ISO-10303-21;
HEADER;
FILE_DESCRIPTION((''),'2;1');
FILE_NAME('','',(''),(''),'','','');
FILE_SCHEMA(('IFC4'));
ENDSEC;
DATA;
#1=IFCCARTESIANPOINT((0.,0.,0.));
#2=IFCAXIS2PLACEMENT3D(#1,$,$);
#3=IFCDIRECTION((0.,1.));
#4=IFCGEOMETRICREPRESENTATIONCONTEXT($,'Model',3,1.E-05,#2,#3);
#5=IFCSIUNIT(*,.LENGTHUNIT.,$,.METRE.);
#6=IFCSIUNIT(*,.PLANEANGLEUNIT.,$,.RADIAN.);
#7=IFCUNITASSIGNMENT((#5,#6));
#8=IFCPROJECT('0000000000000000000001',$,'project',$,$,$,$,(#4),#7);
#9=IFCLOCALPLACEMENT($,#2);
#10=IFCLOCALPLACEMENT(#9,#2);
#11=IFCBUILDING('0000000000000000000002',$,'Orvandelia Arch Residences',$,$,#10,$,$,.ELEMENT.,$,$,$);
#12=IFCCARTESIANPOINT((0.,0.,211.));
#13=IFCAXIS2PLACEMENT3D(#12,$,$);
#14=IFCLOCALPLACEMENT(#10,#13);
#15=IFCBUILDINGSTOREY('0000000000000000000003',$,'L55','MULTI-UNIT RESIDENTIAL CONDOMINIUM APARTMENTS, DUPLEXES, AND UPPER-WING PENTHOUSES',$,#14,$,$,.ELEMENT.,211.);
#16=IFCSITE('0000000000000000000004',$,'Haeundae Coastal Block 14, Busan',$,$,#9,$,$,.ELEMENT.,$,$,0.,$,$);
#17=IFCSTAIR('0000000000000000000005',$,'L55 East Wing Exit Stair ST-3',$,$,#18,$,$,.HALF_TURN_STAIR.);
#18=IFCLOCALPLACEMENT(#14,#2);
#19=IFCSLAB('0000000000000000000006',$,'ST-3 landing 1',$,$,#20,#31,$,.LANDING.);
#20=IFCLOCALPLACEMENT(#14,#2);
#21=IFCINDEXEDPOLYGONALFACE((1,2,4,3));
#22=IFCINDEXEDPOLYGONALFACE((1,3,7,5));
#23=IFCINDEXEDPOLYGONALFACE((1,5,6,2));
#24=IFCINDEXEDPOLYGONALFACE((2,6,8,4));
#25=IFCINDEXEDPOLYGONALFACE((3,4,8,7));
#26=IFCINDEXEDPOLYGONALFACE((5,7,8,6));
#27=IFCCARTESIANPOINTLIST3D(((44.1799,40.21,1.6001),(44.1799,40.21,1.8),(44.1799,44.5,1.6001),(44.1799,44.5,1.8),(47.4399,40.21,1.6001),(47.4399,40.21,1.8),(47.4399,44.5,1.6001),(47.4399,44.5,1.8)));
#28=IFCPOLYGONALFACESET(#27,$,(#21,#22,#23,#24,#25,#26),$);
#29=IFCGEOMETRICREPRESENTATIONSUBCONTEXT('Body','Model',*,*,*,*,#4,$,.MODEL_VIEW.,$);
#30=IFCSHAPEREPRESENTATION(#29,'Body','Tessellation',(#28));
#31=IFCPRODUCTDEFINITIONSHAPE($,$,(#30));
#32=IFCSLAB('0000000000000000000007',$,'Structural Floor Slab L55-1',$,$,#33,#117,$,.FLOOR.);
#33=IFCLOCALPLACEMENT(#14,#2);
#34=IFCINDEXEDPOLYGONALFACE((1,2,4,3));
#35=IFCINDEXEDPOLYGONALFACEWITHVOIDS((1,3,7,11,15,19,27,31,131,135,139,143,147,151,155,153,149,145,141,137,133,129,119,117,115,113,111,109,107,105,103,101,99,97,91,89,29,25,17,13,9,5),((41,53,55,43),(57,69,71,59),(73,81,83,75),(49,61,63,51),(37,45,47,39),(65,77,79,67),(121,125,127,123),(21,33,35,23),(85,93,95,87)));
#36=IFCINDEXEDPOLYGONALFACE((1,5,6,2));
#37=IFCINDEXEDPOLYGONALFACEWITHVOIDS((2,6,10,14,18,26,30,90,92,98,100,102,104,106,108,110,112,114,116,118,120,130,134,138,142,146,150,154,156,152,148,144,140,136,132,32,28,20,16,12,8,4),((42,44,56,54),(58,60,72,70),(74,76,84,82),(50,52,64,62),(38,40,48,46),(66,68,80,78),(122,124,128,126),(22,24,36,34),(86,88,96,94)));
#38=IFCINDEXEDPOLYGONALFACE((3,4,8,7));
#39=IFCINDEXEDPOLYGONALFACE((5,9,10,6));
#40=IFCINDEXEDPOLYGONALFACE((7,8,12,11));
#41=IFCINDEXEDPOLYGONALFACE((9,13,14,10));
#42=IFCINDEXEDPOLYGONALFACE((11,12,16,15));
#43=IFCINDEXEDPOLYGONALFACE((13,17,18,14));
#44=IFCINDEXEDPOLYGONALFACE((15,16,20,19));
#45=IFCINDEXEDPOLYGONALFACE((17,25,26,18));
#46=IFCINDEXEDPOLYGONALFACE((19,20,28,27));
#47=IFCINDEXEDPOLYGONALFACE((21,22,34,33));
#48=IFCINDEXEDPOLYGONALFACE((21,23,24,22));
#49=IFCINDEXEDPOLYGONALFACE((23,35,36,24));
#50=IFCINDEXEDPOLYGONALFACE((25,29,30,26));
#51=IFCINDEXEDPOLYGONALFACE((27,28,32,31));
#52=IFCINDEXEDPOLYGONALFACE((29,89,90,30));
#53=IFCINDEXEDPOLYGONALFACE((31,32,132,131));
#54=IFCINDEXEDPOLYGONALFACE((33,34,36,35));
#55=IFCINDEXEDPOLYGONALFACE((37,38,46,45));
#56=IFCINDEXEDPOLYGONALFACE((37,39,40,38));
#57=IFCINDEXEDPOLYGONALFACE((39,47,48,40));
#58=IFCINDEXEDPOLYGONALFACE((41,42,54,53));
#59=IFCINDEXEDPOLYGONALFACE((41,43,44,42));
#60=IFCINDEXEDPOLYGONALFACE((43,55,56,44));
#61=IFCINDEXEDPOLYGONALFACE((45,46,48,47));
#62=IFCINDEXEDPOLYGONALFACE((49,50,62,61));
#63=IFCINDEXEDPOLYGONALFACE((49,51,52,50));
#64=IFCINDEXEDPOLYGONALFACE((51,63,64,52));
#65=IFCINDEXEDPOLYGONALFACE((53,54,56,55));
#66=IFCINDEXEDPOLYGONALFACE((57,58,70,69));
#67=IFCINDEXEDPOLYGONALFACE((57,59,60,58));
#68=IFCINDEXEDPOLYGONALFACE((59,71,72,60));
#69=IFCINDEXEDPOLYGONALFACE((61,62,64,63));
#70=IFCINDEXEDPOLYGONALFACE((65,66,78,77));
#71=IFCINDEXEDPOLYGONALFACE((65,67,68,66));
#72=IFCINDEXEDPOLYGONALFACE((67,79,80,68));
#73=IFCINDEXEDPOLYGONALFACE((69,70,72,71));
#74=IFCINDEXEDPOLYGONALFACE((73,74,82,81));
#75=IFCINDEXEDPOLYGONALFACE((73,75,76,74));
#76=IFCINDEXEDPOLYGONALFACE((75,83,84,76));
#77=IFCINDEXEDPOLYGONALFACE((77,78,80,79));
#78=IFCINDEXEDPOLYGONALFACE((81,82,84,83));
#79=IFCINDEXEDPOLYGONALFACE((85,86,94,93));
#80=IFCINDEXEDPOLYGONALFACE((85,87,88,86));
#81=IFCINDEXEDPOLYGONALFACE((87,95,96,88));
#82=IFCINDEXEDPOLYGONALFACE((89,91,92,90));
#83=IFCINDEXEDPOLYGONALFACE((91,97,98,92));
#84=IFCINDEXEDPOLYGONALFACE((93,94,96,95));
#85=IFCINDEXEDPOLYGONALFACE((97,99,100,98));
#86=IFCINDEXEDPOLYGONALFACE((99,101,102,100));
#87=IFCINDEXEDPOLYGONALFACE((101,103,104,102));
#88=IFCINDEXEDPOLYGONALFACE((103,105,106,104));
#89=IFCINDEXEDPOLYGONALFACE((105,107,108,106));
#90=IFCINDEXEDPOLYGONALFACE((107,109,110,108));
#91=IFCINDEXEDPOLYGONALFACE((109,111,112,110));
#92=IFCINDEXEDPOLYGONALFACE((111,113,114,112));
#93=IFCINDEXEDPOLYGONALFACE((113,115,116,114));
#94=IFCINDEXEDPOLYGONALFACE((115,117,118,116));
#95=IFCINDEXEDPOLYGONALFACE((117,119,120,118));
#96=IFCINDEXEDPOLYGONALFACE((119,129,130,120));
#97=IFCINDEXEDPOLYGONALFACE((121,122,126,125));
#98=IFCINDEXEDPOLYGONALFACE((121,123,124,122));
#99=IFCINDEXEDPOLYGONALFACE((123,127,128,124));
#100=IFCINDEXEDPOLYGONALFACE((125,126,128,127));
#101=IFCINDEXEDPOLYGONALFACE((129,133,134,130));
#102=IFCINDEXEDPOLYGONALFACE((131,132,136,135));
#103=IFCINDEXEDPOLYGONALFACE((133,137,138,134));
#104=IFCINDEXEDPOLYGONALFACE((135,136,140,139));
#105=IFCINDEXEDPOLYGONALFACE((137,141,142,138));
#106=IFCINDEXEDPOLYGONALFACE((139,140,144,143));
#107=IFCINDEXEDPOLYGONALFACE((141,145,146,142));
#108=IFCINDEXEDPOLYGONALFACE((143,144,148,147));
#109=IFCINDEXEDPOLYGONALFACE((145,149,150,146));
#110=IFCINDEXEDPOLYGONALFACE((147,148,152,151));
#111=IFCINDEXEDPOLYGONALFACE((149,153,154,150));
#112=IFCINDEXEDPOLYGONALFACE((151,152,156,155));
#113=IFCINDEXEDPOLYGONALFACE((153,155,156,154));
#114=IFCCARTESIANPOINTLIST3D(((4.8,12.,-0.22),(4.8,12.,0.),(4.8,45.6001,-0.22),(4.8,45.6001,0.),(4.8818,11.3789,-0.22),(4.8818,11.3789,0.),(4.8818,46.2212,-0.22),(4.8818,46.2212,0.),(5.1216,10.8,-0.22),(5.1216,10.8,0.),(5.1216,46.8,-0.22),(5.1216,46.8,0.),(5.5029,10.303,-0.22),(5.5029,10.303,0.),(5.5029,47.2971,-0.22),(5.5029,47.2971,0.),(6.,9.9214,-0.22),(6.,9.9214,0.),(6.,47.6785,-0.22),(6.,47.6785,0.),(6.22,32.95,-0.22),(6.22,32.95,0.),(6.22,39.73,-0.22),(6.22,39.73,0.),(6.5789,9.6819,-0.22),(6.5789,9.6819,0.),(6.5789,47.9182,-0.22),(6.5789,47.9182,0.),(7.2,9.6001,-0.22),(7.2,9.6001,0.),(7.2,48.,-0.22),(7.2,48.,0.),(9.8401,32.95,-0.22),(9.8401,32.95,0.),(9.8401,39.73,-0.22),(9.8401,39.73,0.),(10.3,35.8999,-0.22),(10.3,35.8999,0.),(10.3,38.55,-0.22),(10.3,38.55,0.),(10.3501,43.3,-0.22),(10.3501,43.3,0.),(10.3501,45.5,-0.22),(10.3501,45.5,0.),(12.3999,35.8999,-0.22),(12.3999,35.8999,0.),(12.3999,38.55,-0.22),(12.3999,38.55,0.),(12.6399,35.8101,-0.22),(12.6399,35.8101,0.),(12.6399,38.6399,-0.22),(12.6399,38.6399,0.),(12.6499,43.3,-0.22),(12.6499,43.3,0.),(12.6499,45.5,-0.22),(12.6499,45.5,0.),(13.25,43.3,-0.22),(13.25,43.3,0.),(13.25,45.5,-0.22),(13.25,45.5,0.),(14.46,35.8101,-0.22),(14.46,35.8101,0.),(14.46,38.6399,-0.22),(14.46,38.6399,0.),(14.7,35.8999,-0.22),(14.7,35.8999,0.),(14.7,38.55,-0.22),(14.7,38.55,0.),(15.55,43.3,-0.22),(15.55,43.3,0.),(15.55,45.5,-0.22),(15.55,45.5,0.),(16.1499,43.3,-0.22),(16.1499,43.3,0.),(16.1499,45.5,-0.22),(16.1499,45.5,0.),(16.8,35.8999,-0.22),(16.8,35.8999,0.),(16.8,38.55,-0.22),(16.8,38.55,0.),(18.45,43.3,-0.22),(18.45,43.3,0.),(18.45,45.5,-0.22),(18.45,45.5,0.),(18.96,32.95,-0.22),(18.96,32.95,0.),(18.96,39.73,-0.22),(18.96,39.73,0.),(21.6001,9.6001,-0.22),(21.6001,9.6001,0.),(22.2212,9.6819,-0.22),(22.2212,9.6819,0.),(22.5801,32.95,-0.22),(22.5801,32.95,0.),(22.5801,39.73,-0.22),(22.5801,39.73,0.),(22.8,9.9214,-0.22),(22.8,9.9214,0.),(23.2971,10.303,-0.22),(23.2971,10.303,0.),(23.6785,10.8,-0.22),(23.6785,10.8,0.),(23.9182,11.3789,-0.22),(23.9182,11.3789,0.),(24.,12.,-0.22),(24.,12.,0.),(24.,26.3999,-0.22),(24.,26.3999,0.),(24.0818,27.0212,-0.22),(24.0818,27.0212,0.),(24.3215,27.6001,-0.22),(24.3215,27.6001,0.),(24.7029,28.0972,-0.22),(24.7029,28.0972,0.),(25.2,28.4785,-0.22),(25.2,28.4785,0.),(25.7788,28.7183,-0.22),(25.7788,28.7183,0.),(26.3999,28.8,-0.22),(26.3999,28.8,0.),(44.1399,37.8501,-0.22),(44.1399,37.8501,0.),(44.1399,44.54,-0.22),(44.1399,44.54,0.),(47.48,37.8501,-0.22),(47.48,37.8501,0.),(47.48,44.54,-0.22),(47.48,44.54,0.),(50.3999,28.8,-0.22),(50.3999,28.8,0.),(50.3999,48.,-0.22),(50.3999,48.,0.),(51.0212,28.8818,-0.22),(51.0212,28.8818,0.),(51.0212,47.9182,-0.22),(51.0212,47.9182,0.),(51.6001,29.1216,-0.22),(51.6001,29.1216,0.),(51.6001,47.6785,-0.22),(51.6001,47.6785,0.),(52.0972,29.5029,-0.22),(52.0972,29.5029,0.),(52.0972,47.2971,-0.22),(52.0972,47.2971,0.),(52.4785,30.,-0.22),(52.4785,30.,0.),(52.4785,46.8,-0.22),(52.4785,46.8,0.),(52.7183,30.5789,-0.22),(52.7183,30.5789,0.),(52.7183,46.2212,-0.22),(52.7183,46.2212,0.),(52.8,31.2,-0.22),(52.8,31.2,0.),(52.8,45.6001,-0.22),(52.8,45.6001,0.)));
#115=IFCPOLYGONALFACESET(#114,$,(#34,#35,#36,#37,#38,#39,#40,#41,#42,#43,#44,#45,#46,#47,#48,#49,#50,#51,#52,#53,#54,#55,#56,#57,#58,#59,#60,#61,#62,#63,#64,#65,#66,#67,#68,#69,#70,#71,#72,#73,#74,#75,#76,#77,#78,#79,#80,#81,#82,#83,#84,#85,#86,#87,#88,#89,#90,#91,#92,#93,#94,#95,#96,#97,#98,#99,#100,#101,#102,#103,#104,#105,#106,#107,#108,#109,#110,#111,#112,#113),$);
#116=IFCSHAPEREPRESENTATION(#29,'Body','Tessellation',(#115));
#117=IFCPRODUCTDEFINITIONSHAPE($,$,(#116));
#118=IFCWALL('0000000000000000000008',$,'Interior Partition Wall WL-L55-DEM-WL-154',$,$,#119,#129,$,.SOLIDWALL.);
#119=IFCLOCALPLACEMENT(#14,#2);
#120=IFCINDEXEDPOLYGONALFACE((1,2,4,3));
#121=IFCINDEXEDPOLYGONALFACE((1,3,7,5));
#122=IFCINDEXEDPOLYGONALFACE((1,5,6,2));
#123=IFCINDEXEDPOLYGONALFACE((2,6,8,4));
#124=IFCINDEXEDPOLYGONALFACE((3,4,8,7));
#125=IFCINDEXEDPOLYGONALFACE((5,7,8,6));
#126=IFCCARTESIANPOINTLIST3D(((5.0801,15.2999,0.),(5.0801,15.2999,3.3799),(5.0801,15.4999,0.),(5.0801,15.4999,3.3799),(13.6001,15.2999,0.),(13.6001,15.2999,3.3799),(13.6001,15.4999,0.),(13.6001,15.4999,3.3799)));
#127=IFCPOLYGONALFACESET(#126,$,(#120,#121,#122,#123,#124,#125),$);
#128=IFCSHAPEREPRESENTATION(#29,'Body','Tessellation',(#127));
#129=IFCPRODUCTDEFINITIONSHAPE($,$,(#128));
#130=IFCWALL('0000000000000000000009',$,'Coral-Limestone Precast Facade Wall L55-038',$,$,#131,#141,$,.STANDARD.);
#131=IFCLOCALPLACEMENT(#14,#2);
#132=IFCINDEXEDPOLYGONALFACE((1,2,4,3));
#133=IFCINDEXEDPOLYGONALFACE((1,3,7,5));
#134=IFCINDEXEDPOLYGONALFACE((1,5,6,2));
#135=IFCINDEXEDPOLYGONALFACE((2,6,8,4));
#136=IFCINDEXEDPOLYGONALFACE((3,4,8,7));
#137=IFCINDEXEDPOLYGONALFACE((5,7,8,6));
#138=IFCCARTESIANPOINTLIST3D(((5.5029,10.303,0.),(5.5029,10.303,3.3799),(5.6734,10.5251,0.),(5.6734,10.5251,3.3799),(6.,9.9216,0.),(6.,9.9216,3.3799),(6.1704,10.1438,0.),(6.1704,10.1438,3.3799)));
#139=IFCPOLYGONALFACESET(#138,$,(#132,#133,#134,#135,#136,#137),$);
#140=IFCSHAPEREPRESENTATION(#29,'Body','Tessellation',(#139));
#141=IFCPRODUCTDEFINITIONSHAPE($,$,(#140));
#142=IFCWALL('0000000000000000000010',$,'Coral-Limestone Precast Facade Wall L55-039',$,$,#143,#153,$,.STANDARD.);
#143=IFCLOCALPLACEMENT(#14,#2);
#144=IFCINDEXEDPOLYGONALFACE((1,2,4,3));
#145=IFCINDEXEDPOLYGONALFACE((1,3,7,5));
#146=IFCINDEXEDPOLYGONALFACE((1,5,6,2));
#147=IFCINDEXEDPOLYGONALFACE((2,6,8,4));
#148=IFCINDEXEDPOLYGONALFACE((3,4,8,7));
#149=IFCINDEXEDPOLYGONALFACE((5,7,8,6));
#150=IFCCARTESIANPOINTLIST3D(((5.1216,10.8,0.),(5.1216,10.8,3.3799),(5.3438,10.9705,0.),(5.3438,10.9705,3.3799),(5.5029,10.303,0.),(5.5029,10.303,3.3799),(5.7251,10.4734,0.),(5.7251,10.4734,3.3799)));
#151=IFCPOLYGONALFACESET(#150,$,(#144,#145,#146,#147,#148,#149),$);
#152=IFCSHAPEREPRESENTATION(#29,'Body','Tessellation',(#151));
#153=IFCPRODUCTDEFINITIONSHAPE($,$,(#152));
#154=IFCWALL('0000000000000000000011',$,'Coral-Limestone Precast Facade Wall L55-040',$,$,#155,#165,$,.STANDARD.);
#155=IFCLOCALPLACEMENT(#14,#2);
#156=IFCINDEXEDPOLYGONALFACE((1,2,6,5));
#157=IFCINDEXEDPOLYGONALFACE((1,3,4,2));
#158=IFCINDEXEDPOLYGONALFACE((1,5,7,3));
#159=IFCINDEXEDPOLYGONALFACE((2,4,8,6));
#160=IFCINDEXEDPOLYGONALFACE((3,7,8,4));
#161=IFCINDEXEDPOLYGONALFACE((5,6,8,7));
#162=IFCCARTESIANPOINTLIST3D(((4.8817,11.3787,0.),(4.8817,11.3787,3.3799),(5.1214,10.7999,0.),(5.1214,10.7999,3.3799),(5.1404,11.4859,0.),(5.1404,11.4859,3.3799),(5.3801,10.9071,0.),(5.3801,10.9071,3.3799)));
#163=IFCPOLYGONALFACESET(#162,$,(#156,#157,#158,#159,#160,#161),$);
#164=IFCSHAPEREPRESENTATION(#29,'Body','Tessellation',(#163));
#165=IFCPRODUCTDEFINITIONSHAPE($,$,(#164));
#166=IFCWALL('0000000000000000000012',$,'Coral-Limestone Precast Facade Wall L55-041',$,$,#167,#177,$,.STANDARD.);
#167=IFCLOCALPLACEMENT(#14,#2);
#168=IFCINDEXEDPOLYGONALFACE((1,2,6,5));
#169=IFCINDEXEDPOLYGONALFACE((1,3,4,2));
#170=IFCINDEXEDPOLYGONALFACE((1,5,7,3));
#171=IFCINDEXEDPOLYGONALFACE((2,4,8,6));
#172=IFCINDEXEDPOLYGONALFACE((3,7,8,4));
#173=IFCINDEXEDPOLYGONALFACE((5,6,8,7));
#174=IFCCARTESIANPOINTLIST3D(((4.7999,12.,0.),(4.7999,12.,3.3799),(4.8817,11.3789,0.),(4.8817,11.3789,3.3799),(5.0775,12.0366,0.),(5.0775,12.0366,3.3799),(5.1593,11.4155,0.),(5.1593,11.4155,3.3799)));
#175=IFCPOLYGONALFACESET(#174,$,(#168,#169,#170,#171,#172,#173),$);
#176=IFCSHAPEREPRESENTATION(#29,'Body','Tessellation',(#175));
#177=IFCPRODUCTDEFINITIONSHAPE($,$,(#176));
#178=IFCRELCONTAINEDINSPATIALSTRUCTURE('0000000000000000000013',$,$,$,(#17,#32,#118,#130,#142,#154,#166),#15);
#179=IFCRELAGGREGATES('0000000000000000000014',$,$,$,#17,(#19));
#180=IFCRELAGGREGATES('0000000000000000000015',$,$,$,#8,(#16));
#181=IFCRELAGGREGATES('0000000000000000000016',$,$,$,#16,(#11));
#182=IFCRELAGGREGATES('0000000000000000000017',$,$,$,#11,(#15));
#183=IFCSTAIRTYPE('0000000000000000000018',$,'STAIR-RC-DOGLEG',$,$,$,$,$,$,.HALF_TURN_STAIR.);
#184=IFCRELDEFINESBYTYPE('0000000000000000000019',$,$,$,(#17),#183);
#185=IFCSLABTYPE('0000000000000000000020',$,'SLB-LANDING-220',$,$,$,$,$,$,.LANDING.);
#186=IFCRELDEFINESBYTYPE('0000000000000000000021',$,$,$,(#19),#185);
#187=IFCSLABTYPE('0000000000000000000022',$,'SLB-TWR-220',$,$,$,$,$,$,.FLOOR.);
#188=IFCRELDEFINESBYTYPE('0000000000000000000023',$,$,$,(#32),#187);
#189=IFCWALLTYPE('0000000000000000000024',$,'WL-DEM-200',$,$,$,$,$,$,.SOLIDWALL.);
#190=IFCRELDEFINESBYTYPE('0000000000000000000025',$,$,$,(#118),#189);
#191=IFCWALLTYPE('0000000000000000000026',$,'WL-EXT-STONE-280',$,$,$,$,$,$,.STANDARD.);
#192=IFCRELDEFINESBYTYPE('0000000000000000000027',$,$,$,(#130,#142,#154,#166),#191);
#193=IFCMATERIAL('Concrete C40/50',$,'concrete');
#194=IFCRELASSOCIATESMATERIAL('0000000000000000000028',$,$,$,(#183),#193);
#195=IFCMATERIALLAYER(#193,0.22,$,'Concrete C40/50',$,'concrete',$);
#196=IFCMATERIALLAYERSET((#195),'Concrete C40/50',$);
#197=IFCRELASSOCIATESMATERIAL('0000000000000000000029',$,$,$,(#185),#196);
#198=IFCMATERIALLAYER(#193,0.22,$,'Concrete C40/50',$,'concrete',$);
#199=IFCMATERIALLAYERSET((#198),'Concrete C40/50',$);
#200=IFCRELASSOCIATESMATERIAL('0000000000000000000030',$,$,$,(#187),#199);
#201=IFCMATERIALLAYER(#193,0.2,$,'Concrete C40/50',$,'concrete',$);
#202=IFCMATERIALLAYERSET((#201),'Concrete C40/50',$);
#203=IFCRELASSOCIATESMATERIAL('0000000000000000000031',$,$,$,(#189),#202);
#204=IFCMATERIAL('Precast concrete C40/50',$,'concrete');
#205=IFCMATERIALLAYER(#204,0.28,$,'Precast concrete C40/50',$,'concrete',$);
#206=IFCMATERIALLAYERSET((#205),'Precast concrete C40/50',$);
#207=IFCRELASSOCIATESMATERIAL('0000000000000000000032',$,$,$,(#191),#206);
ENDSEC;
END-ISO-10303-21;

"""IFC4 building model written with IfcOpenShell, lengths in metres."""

from ifc_helpers import new_model, si_unit, direction, frame, frame_2d, origin, place, context, subcontext, project, spatial, polyline, rectangle, outline, extrude, material, layer, layer_set, type_object, element, aggregate, save


model = new_model("IFC4")

# Units and contexts
model_context = context("Model", 3, precision=1e-05, world=origin(), true_north=direction((0.0, 1.0)))
body_context = subcontext(model_context, "Body", "Model", "MODEL_VIEW")
ifc_project = project(units=[si_unit("LENGTHUNIT", "METRE"), si_unit("PLANEANGLEUNIT", "RADIAN")], contexts=[model_context])

# Site, building, storey
site_placement = place(None, origin())
site = spatial("IfcSite", under=ifc_project, at=site_placement, Name="Haeundae Coastal Block 14, Busan", CompositionType="ELEMENT", RefElevation=0.0)
building_placement = place(site_placement, origin())
building = spatial("IfcBuilding", under=site, at=building_placement, Name="Orvandelia Arch Residences", CompositionType="ELEMENT")
storey_placement = place(building_placement, frame((0.0, 0.0, 211.0)))
storey = spatial("IfcBuildingStorey", under=building, at=storey_placement, Name="L55", Description="MULTI-UNIT RESIDENTIAL CONDOMINIUM APARTMENTS, DUPLEXES, AND UPPER-WING PENTHOUSES", CompositionType="ELEMENT", Elevation=211.0)

# Shared definitions
ifc_material_1 = material(Name="Precast concrete C40/50", Category="concrete")

# Stair, slab
ifc_material_2 = material(Name="Concrete C40/50", Category="concrete")
stair_type = type_object("IfcStairType", Name="STAIR-RC-DOGLEG", PredefinedType="HALF_TURN_STAIR", material=ifc_material_2)
ifc_layer_1 = layer(ifc_material_2, 0.22, Name="Concrete C40/50", Category="concrete")
ifc_layer_set_1 = layer_set([ifc_layer_1], Name="Concrete C40/50")
slab_type_1 = type_object("IfcSlabType", Name="SLB-LANDING-220", PredefinedType="LANDING", material=ifc_layer_set_1)
stair_1_placement = place(storey_placement, origin())
stair_1 = element("IfcStair", 1, at=stair_1_placement, inside=storey, type_object=stair_type, Name="L55 East Wing Exit Stair ST-3", PredefinedType="HALF_TURN_STAIR")
slab_1_placement = place(storey_placement, frame((0.0, 0.0, 1.6001)))
slab_1 = element("IfcSlab", 2, at=slab_1_placement, type_object=slab_type_1, Name="ST-3 landing 1", PredefinedType="LANDING", context=body_context, shape_type="SweptSolid", body=[
    extrude(outline(polyline([(47.4399, 40.21), (47.4399, 44.5), (44.1799, 44.5), (44.1799, 40.21), (47.4399, 40.21)])), origin(), (0.0, 0.0, 1.0), 0.2),
])
aggregate(stair_1, [slab_1])

# Slab
ifc_layer_2 = layer(ifc_material_2, 0.22, Name="Concrete C40/50", Category="concrete")
ifc_layer_set_2 = layer_set([ifc_layer_2], Name="Concrete C40/50")
slab_type_2 = type_object("IfcSlabType", Name="SLB-TWR-220", PredefinedType="FLOOR", material=ifc_layer_set_2)
slab_2_placement = place(storey_placement, frame((0.0, 0.0, -0.22)))
element("IfcSlab", 3, at=slab_2_placement, inside=storey, type_object=slab_type_2, Name="Structural Floor Slab L55-1", PredefinedType="FLOOR", context=body_context, shape_type="SweptSolid", body=[
    extrude(outline(polyline([(4.8, 12.0), (4.8818, 11.3789), (5.1216, 10.8), (5.5029, 10.303), (6.0, 9.9214), (6.5789, 9.6819), (7.2, 9.6001), (21.6001, 9.6001), (22.2212, 9.6819), (22.8, 9.9214), (23.2971, 10.303), (23.6785, 10.8), (23.9182, 11.3789), (24.0, 12.0), (24.0, 26.3999), (24.0818, 27.0212), (24.3215, 27.6001), (24.7029, 28.0972), (25.2, 28.4785), (25.7788, 28.7183), (26.3999, 28.8), (50.3999, 28.8), (51.0212, 28.8818), (51.6001, 29.1216), (52.0972, 29.5029), (52.4785, 30.0), (52.7183, 30.5789), (52.8, 31.2), (52.8, 45.6001), (52.7183, 46.2212), (52.4785, 46.8), (52.0972, 47.2971), (51.6001, 47.6785), (51.0212, 47.9182), (50.3999, 48.0), (7.2, 48.0), (6.5789, 47.9182), (6.0, 47.6785), (5.5029, 47.2971), (5.1216, 46.8), (4.8818, 46.2212), (4.8, 45.6001), (4.8, 12.0)]), holes=[polyline([(6.22, 32.95), (9.8401, 32.95), (9.8401, 39.73), (6.22, 39.73), (6.22, 32.95)]), polyline([(18.96, 32.95), (22.5801, 32.95), (22.5801, 39.73), (18.96, 39.73), (18.96, 32.95)]), polyline([(44.1399, 37.8501), (47.48, 37.8501), (47.48, 44.54), (44.1399, 44.54), (44.1399, 37.8501)]), polyline([(12.6399, 35.8101), (14.46, 35.8101), (14.46, 38.6399), (12.6399, 38.6399), (12.6399, 35.8101)]), polyline([(10.3, 35.8999), (12.3999, 35.8999), (12.3999, 38.55), (10.3, 38.55), (10.3, 35.8999)]), polyline([(14.7, 35.8999), (16.8, 35.8999), (16.8, 38.55), (14.7, 38.55), (14.7, 35.8999)]), polyline([(10.3501, 43.3), (12.6499, 43.3), (12.6499, 45.5), (10.3501, 45.5), (10.3501, 43.3)]), polyline([(13.25, 43.3), (15.55, 43.3), (15.55, 45.5), (13.25, 45.5), (13.25, 43.3)]), polyline([(16.1499, 43.3), (18.45, 43.3), (18.45, 45.5), (16.1499, 45.5), (16.1499, 43.3)])]), origin(), (0.0, 0.0, 1.0), 0.22),
])

# Walls
ifc_layer_3 = layer(ifc_material_2, 0.2, Name="Concrete C40/50", Category="concrete")
ifc_layer_set_3 = layer_set([ifc_layer_3], Name="Concrete C40/50")
wall_type_1 = type_object("IfcWallType", Name="WL-DEM-200", PredefinedType="SOLIDWALL", material=ifc_layer_set_3)
wall_1_placement = place(storey_placement, frame((5.0801, 15.3999, 0.0), z_axis=(0.0, 0.0, 1.0), x_axis=(1.0, 0.0, 0.0)))
element("IfcWall", 4, at=wall_1_placement, inside=storey, type_object=wall_type_1, Name="Interior Partition Wall WL-L55-DEM-WL-154", PredefinedType="SOLIDWALL", context=body_context, shape_type="SweptSolid", body=[
    extrude(rectangle(XDim=8.52, YDim=0.2, at=frame_2d((4.26, 0.0))), origin(), (0.0, 0.0, 1.0), 3.3799),
])
ifc_layer_4 = layer(ifc_material_1, 0.28, Name="Precast concrete C40/50", Category="concrete")
ifc_layer_set_4 = layer_set([ifc_layer_4], Name="Precast concrete C40/50")
wall_type_2 = type_object("IfcWallType", Name="WL-EXT-STONE-280", PredefinedType="STANDARD", material=ifc_layer_set_4)
for number, where, z_axis, x_axis, name in (
    (5, (6.0852, 10.0327, 0.0), (0.0, 0.0, 1.0), (-0.793406, 0.608693, 0.0), "Coral-Limestone Precast Facade Wall L55-038"),
    (6, (5.614, 10.3882, 0.0), (0.0, 0.0, 1.0), (-0.608693, 0.793406, 0.0), "Coral-Limestone Precast Facade Wall L55-039"),
    (7, (5.2507, 10.8535, 0.0), (0.0, 0.0, 1.0), (-0.38265, 0.923893, 0.0), "Coral-Limestone Precast Facade Wall L55-040"),
    (8, (5.0205, 11.3972, 0.0), (0.0, 0.0, 1.0), (-0.130555, 0.991441, 0.0), "Coral-Limestone Precast Facade Wall L55-041"),
):
    element("IfcWall", number, at=place(storey_placement, frame(where, z_axis=z_axis, x_axis=x_axis)), inside=storey, type_object=wall_type_2, Name=name, PredefinedType="STANDARD", context=body_context, shape_type="SweptSolid", body=[
        extrude(rectangle(XDim=0.6265, YDim=0.28, at=frame_2d((0.3132, 0.0))), origin(), (0.0, 0.0, 1.0), 3.3799),
    ])

save(model, "model.ifc")
